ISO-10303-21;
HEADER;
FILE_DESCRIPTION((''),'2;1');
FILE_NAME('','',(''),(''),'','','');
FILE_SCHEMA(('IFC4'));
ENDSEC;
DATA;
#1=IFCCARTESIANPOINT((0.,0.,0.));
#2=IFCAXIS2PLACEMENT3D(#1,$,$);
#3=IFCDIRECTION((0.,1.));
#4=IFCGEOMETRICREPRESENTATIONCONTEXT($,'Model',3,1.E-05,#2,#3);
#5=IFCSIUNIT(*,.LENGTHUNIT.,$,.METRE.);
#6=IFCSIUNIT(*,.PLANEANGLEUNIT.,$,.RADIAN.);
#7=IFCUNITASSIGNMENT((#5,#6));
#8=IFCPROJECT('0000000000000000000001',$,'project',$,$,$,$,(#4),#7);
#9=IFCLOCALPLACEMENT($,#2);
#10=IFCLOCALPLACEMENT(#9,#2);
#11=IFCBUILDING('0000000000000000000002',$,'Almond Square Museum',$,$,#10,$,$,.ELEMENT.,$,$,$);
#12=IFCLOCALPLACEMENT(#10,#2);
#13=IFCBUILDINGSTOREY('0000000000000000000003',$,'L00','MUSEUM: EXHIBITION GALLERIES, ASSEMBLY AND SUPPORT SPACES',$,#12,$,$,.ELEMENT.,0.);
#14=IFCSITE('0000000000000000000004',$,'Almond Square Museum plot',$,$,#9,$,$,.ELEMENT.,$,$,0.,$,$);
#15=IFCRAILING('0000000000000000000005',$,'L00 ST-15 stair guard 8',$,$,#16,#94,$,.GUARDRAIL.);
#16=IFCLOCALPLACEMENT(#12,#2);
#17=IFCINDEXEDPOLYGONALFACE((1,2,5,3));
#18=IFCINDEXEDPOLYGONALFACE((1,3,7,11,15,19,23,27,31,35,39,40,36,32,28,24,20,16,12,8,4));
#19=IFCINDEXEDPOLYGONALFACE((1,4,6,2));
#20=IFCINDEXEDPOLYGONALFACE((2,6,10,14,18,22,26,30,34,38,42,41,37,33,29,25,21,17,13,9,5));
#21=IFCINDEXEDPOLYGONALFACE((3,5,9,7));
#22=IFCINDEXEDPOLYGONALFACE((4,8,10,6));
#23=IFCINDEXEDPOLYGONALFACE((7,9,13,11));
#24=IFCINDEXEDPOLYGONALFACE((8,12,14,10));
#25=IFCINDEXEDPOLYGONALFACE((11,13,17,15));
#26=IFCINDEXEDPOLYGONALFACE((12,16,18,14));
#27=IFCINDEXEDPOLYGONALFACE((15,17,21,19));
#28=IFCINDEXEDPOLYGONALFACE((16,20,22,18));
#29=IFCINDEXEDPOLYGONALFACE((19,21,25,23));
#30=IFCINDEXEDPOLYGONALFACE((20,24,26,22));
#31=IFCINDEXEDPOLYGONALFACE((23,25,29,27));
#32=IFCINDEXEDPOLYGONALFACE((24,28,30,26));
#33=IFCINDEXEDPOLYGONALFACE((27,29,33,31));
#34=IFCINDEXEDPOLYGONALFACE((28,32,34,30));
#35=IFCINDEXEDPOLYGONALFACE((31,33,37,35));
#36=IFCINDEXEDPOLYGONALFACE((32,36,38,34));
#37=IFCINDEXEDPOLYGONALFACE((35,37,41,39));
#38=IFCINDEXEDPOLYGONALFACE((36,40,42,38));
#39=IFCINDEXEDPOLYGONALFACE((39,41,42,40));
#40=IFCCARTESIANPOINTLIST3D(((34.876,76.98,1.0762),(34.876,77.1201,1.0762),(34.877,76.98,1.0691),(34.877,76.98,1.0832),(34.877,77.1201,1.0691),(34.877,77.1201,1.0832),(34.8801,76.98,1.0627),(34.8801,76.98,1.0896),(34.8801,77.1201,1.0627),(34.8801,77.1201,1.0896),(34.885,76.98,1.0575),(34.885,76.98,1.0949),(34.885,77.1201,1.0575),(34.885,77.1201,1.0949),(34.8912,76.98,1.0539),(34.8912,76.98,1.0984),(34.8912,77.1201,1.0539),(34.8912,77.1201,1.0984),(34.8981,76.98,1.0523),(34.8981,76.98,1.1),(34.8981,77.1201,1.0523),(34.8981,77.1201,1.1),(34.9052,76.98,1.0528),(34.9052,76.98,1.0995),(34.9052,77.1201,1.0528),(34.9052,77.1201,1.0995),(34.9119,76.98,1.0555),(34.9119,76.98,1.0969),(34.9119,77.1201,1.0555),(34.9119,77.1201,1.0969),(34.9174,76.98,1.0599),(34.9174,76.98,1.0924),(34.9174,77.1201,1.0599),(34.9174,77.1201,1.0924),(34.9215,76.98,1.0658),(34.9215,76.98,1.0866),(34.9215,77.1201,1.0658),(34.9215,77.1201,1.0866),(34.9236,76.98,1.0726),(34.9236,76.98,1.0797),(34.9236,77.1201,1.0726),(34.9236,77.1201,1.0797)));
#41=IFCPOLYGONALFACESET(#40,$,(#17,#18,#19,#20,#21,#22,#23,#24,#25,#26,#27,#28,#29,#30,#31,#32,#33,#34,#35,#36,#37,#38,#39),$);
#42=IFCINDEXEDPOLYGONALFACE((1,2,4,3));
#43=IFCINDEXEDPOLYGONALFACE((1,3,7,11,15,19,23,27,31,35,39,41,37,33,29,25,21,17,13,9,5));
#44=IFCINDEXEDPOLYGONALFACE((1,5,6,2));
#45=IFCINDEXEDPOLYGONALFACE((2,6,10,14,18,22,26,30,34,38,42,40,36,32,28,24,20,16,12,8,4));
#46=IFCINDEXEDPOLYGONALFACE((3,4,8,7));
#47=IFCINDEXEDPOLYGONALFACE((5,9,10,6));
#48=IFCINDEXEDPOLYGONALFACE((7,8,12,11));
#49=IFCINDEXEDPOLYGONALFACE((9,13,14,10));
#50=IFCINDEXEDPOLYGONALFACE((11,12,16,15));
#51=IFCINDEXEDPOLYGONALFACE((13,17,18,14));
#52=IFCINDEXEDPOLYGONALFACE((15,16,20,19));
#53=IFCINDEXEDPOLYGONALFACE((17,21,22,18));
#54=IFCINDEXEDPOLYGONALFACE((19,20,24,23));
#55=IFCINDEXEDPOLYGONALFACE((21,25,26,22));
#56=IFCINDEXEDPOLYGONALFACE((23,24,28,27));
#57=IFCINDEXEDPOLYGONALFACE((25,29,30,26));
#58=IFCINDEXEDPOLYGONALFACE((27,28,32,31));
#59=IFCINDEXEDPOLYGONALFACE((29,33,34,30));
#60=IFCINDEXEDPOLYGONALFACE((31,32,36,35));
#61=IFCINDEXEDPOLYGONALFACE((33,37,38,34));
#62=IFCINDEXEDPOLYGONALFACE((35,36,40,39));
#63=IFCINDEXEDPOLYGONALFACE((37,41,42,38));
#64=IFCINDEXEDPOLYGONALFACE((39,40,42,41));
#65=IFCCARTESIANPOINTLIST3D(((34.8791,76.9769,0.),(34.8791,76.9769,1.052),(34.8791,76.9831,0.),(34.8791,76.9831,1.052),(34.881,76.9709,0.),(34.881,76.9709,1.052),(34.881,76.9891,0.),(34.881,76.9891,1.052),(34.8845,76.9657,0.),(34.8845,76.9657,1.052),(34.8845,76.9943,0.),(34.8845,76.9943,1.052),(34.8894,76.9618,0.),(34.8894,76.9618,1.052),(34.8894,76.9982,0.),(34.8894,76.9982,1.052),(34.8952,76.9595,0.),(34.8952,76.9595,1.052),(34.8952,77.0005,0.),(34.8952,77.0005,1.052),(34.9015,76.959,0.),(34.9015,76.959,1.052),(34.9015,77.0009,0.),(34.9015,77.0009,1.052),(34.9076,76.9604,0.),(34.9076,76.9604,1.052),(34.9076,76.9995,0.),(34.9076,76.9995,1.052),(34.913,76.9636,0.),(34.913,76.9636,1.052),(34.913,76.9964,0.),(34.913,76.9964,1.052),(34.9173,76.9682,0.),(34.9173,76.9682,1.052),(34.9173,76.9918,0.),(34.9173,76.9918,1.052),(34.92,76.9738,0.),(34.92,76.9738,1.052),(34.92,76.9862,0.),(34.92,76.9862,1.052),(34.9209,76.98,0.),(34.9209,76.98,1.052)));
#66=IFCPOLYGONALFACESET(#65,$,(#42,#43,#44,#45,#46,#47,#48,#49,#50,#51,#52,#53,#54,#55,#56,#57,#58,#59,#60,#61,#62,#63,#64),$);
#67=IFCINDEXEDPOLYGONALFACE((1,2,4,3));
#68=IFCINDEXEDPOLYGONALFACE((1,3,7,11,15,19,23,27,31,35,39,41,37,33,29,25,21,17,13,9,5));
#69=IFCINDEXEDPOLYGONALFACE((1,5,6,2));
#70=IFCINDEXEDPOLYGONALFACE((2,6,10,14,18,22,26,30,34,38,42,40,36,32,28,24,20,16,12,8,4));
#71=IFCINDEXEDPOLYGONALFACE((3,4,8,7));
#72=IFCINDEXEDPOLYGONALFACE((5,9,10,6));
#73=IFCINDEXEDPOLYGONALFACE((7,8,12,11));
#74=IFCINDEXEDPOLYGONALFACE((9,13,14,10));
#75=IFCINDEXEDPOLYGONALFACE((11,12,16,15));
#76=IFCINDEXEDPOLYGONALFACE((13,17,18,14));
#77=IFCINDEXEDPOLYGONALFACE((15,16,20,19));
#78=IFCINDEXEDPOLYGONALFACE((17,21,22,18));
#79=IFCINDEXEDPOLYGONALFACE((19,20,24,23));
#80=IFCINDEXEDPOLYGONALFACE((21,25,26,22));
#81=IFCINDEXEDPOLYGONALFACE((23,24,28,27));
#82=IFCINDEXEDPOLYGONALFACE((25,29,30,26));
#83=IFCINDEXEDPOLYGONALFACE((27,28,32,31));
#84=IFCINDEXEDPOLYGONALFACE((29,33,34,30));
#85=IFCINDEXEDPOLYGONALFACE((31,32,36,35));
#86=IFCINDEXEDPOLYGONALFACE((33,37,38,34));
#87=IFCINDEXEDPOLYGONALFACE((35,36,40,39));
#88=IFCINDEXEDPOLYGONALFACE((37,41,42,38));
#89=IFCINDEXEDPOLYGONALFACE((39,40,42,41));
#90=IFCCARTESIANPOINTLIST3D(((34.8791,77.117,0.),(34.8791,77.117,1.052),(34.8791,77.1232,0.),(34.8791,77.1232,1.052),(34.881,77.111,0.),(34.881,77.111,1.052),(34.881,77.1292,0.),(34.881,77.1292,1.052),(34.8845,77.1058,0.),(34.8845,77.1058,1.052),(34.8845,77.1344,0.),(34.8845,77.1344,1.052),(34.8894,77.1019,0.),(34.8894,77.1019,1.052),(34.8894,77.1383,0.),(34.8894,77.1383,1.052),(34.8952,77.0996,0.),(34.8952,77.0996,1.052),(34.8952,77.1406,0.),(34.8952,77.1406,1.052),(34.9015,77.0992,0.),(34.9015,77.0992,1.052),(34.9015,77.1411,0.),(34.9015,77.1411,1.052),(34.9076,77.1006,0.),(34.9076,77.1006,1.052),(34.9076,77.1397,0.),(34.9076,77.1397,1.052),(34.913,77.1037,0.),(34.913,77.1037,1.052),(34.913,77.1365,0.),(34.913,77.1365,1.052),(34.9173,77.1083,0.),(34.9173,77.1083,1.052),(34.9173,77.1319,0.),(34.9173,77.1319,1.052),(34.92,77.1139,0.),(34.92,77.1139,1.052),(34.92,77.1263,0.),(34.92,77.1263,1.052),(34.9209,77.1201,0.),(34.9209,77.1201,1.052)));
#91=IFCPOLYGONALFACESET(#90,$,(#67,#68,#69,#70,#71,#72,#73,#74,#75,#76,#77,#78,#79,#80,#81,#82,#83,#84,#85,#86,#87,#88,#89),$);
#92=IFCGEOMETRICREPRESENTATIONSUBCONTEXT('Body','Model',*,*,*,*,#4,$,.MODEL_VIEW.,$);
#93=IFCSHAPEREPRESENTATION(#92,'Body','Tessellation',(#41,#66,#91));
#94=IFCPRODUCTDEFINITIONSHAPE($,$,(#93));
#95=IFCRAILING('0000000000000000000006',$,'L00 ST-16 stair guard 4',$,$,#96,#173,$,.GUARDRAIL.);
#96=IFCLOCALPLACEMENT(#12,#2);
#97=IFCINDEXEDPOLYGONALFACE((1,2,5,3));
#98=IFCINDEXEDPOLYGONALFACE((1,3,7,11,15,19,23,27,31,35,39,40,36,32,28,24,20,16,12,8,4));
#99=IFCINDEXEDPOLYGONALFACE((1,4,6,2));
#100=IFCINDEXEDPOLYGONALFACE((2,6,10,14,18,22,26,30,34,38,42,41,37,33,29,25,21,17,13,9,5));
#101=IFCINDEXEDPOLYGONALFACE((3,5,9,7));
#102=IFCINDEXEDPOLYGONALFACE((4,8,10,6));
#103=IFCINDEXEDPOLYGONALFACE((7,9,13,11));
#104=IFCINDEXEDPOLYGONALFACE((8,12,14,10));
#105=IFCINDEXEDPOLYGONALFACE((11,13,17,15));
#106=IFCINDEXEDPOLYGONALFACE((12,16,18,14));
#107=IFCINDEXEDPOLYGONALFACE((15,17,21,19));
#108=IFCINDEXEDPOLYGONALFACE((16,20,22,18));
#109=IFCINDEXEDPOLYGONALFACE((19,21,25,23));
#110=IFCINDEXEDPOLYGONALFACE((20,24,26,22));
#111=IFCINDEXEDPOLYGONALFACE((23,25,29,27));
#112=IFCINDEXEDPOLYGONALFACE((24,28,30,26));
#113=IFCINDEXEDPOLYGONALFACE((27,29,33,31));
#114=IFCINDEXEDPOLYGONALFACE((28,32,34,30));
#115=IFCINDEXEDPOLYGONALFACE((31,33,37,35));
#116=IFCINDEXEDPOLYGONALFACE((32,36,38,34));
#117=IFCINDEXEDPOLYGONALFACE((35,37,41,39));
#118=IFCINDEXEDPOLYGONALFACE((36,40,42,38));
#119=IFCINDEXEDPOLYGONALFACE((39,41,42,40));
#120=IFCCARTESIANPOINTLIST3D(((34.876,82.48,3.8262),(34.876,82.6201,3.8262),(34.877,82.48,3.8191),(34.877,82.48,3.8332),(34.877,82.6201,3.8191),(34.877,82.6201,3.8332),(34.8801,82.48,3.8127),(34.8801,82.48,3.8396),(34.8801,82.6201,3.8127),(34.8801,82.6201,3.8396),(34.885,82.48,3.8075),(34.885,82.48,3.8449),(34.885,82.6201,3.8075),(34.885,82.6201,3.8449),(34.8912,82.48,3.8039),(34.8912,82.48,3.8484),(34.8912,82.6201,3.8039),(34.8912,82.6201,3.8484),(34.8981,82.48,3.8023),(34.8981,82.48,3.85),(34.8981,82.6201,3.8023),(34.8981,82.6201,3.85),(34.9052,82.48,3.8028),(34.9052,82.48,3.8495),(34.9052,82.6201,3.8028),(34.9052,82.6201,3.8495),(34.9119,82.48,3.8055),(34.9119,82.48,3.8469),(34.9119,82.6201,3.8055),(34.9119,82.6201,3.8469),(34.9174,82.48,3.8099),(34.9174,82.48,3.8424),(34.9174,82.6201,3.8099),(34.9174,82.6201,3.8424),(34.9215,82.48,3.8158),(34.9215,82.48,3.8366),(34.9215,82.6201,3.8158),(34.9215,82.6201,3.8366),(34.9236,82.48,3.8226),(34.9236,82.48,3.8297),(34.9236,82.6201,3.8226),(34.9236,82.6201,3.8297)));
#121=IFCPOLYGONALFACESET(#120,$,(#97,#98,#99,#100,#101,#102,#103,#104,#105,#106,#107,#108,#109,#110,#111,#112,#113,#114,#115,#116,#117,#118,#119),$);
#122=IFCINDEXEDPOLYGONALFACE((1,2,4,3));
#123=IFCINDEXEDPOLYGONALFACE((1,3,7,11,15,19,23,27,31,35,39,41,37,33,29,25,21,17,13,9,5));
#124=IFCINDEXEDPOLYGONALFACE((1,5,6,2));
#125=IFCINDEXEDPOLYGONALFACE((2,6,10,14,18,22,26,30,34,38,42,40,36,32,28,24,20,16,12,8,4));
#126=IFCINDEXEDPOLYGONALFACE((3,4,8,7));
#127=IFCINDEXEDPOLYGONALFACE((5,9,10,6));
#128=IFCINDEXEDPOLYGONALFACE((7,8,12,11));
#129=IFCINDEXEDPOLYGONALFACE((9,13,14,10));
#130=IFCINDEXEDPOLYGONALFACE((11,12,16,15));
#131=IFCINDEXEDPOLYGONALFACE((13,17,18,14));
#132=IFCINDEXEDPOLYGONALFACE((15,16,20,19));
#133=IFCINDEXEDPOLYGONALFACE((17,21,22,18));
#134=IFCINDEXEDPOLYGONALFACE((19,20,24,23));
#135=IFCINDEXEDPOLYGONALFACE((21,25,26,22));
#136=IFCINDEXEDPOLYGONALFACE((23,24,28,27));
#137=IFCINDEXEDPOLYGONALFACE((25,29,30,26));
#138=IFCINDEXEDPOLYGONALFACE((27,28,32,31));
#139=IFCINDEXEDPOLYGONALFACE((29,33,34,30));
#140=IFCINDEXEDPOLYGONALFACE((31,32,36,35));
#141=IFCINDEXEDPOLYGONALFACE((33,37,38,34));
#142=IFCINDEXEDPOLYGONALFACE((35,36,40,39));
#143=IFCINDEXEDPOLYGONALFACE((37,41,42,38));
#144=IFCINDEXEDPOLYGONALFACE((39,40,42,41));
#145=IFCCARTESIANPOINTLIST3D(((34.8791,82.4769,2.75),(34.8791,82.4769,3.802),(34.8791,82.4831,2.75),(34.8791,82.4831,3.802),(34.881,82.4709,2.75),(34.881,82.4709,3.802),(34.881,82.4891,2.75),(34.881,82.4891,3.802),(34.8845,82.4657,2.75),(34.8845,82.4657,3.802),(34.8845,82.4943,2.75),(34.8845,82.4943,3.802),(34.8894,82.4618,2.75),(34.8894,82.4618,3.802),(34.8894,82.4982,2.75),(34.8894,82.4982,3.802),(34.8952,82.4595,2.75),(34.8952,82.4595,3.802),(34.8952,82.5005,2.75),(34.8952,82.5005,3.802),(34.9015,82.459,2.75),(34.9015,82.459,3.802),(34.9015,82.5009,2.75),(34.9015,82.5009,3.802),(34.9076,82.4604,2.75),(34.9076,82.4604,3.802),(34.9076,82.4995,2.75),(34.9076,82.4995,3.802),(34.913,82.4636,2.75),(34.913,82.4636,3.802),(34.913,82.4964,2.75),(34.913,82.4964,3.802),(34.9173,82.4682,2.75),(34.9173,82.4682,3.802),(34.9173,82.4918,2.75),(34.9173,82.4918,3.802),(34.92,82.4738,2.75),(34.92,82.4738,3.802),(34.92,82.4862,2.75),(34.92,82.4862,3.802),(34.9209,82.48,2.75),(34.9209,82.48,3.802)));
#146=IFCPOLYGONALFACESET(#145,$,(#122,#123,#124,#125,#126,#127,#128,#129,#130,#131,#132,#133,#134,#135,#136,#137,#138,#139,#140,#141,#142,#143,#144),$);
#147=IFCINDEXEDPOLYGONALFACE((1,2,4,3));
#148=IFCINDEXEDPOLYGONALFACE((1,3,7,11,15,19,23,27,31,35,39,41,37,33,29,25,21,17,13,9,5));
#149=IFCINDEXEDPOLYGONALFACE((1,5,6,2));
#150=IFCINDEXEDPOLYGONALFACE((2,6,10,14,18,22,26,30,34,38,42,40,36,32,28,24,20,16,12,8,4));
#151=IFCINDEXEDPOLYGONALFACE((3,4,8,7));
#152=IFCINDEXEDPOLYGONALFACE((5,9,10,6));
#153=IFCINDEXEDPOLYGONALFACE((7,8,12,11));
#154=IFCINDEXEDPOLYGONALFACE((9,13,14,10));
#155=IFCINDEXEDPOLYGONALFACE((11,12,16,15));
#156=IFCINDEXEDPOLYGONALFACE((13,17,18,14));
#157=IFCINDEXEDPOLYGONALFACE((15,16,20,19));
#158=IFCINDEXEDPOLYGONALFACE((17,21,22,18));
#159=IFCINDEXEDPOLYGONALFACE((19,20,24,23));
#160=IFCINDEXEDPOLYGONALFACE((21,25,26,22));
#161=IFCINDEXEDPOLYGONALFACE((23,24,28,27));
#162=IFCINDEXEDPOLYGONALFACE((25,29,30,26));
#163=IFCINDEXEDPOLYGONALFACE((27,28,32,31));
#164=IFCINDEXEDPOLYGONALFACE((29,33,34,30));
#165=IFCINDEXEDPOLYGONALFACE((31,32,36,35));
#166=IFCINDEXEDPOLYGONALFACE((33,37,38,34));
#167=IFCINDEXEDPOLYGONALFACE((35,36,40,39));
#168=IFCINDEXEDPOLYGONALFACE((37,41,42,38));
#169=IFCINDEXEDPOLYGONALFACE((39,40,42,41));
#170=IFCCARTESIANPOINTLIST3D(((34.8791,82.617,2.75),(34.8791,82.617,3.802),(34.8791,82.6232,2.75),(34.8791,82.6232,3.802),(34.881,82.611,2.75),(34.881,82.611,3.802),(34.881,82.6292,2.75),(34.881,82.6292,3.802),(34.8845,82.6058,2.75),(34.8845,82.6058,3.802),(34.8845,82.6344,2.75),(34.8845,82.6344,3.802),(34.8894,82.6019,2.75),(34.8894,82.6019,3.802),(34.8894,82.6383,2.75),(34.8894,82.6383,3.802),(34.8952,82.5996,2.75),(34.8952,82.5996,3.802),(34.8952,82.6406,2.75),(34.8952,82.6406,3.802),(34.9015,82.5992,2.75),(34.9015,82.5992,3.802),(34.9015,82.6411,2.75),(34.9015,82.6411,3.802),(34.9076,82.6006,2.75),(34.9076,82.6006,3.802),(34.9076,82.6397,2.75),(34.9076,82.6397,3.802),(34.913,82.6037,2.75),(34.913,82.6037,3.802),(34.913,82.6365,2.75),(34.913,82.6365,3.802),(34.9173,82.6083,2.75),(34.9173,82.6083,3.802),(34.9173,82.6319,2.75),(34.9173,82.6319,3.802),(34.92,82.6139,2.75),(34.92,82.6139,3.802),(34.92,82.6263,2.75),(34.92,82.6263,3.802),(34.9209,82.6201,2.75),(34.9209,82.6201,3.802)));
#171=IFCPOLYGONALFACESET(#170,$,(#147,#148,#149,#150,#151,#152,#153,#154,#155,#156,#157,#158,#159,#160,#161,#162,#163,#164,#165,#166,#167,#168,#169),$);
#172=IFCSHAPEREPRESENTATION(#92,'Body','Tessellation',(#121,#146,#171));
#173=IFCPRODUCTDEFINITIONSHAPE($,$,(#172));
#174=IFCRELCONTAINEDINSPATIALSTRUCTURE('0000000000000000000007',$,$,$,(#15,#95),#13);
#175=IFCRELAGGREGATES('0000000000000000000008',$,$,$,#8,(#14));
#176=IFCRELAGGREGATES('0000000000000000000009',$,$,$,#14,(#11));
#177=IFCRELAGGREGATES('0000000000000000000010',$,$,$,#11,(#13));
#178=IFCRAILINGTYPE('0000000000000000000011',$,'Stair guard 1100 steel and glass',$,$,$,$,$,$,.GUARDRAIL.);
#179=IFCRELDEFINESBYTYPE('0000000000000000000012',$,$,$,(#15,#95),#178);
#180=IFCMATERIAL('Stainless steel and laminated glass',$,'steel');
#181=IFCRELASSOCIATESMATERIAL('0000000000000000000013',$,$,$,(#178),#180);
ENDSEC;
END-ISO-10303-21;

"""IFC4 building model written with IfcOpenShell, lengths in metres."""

from ifc_helpers import new_model, si_unit, direction, frame, origin, origin_2d, place, context, subcontext, project, spatial, circle, extrude, material, type_object, element, save


model = new_model("IFC4")

# Units and contexts
model_context = context("Model", 3, precision=1e-05, world=origin(), true_north=direction((0.0, 1.0)))
body_context = subcontext(model_context, "Body", "Model", "MODEL_VIEW")
ifc_project = project(units=[si_unit("LENGTHUNIT", "METRE"), si_unit("PLANEANGLEUNIT", "RADIAN")], contexts=[model_context])

# Site, building, storey
site_placement = place(None, origin())
site = spatial("IfcSite", under=ifc_project, at=site_placement, Name="Almond Square Museum plot", CompositionType="ELEMENT", RefElevation=0.0)
building_placement = place(site_placement, origin())
building = spatial("IfcBuilding", under=site, at=building_placement, Name="Almond Square Museum", CompositionType="ELEMENT")
storey_placement = place(building_placement, origin())
storey = spatial("IfcBuildingStorey", under=building, at=storey_placement, Name="L00", Description="MUSEUM: EXHIBITION GALLERIES, ASSEMBLY AND SUPPORT SPACES", CompositionType="ELEMENT", Elevation=0.0)

# Railings
ifc_material_1 = material(Name="Stainless steel and laminated glass", Category="steel")
railing_type_1 = type_object("IfcRailingType", Name="Stair guard 1100 steel and glass", PredefinedType="GUARDRAIL", material=ifc_material_1)
for number, where, name in (
    (1, (34.8999, 76.98, 0.0), "L00 ST-15 stair guard 8"),
    (2, (34.8999, 82.48, 2.75), "L00 ST-16 stair guard 4"),
):
    element("IfcRailing", number, at=place(storey_placement, frame(where)), inside=storey, type_object=railing_type_1, Name=name, PredefinedType="GUARDRAIL", context=body_context, shape_type="SweptSolid", body=[
        extrude(circle(Radius=0.0239, at=origin_2d()), frame((0.0, 0.0, 1.0762), z_axis=(0.0, 1.0, 0.0), x_axis=(-1.0, 0.0, 0.0)), (0.0, 0.0, 1.0), 0.1401),
        extrude(circle(Radius=0.021, at=origin_2d()), origin(), (0.0, 0.0, 1.0), 1.052),
        extrude(circle(Radius=0.021, at=origin_2d()), frame((0.0, 0.1401, 0.0)), (0.0, 0.0, 1.0), 1.052),
    ])

save(model, "model.ifc")
